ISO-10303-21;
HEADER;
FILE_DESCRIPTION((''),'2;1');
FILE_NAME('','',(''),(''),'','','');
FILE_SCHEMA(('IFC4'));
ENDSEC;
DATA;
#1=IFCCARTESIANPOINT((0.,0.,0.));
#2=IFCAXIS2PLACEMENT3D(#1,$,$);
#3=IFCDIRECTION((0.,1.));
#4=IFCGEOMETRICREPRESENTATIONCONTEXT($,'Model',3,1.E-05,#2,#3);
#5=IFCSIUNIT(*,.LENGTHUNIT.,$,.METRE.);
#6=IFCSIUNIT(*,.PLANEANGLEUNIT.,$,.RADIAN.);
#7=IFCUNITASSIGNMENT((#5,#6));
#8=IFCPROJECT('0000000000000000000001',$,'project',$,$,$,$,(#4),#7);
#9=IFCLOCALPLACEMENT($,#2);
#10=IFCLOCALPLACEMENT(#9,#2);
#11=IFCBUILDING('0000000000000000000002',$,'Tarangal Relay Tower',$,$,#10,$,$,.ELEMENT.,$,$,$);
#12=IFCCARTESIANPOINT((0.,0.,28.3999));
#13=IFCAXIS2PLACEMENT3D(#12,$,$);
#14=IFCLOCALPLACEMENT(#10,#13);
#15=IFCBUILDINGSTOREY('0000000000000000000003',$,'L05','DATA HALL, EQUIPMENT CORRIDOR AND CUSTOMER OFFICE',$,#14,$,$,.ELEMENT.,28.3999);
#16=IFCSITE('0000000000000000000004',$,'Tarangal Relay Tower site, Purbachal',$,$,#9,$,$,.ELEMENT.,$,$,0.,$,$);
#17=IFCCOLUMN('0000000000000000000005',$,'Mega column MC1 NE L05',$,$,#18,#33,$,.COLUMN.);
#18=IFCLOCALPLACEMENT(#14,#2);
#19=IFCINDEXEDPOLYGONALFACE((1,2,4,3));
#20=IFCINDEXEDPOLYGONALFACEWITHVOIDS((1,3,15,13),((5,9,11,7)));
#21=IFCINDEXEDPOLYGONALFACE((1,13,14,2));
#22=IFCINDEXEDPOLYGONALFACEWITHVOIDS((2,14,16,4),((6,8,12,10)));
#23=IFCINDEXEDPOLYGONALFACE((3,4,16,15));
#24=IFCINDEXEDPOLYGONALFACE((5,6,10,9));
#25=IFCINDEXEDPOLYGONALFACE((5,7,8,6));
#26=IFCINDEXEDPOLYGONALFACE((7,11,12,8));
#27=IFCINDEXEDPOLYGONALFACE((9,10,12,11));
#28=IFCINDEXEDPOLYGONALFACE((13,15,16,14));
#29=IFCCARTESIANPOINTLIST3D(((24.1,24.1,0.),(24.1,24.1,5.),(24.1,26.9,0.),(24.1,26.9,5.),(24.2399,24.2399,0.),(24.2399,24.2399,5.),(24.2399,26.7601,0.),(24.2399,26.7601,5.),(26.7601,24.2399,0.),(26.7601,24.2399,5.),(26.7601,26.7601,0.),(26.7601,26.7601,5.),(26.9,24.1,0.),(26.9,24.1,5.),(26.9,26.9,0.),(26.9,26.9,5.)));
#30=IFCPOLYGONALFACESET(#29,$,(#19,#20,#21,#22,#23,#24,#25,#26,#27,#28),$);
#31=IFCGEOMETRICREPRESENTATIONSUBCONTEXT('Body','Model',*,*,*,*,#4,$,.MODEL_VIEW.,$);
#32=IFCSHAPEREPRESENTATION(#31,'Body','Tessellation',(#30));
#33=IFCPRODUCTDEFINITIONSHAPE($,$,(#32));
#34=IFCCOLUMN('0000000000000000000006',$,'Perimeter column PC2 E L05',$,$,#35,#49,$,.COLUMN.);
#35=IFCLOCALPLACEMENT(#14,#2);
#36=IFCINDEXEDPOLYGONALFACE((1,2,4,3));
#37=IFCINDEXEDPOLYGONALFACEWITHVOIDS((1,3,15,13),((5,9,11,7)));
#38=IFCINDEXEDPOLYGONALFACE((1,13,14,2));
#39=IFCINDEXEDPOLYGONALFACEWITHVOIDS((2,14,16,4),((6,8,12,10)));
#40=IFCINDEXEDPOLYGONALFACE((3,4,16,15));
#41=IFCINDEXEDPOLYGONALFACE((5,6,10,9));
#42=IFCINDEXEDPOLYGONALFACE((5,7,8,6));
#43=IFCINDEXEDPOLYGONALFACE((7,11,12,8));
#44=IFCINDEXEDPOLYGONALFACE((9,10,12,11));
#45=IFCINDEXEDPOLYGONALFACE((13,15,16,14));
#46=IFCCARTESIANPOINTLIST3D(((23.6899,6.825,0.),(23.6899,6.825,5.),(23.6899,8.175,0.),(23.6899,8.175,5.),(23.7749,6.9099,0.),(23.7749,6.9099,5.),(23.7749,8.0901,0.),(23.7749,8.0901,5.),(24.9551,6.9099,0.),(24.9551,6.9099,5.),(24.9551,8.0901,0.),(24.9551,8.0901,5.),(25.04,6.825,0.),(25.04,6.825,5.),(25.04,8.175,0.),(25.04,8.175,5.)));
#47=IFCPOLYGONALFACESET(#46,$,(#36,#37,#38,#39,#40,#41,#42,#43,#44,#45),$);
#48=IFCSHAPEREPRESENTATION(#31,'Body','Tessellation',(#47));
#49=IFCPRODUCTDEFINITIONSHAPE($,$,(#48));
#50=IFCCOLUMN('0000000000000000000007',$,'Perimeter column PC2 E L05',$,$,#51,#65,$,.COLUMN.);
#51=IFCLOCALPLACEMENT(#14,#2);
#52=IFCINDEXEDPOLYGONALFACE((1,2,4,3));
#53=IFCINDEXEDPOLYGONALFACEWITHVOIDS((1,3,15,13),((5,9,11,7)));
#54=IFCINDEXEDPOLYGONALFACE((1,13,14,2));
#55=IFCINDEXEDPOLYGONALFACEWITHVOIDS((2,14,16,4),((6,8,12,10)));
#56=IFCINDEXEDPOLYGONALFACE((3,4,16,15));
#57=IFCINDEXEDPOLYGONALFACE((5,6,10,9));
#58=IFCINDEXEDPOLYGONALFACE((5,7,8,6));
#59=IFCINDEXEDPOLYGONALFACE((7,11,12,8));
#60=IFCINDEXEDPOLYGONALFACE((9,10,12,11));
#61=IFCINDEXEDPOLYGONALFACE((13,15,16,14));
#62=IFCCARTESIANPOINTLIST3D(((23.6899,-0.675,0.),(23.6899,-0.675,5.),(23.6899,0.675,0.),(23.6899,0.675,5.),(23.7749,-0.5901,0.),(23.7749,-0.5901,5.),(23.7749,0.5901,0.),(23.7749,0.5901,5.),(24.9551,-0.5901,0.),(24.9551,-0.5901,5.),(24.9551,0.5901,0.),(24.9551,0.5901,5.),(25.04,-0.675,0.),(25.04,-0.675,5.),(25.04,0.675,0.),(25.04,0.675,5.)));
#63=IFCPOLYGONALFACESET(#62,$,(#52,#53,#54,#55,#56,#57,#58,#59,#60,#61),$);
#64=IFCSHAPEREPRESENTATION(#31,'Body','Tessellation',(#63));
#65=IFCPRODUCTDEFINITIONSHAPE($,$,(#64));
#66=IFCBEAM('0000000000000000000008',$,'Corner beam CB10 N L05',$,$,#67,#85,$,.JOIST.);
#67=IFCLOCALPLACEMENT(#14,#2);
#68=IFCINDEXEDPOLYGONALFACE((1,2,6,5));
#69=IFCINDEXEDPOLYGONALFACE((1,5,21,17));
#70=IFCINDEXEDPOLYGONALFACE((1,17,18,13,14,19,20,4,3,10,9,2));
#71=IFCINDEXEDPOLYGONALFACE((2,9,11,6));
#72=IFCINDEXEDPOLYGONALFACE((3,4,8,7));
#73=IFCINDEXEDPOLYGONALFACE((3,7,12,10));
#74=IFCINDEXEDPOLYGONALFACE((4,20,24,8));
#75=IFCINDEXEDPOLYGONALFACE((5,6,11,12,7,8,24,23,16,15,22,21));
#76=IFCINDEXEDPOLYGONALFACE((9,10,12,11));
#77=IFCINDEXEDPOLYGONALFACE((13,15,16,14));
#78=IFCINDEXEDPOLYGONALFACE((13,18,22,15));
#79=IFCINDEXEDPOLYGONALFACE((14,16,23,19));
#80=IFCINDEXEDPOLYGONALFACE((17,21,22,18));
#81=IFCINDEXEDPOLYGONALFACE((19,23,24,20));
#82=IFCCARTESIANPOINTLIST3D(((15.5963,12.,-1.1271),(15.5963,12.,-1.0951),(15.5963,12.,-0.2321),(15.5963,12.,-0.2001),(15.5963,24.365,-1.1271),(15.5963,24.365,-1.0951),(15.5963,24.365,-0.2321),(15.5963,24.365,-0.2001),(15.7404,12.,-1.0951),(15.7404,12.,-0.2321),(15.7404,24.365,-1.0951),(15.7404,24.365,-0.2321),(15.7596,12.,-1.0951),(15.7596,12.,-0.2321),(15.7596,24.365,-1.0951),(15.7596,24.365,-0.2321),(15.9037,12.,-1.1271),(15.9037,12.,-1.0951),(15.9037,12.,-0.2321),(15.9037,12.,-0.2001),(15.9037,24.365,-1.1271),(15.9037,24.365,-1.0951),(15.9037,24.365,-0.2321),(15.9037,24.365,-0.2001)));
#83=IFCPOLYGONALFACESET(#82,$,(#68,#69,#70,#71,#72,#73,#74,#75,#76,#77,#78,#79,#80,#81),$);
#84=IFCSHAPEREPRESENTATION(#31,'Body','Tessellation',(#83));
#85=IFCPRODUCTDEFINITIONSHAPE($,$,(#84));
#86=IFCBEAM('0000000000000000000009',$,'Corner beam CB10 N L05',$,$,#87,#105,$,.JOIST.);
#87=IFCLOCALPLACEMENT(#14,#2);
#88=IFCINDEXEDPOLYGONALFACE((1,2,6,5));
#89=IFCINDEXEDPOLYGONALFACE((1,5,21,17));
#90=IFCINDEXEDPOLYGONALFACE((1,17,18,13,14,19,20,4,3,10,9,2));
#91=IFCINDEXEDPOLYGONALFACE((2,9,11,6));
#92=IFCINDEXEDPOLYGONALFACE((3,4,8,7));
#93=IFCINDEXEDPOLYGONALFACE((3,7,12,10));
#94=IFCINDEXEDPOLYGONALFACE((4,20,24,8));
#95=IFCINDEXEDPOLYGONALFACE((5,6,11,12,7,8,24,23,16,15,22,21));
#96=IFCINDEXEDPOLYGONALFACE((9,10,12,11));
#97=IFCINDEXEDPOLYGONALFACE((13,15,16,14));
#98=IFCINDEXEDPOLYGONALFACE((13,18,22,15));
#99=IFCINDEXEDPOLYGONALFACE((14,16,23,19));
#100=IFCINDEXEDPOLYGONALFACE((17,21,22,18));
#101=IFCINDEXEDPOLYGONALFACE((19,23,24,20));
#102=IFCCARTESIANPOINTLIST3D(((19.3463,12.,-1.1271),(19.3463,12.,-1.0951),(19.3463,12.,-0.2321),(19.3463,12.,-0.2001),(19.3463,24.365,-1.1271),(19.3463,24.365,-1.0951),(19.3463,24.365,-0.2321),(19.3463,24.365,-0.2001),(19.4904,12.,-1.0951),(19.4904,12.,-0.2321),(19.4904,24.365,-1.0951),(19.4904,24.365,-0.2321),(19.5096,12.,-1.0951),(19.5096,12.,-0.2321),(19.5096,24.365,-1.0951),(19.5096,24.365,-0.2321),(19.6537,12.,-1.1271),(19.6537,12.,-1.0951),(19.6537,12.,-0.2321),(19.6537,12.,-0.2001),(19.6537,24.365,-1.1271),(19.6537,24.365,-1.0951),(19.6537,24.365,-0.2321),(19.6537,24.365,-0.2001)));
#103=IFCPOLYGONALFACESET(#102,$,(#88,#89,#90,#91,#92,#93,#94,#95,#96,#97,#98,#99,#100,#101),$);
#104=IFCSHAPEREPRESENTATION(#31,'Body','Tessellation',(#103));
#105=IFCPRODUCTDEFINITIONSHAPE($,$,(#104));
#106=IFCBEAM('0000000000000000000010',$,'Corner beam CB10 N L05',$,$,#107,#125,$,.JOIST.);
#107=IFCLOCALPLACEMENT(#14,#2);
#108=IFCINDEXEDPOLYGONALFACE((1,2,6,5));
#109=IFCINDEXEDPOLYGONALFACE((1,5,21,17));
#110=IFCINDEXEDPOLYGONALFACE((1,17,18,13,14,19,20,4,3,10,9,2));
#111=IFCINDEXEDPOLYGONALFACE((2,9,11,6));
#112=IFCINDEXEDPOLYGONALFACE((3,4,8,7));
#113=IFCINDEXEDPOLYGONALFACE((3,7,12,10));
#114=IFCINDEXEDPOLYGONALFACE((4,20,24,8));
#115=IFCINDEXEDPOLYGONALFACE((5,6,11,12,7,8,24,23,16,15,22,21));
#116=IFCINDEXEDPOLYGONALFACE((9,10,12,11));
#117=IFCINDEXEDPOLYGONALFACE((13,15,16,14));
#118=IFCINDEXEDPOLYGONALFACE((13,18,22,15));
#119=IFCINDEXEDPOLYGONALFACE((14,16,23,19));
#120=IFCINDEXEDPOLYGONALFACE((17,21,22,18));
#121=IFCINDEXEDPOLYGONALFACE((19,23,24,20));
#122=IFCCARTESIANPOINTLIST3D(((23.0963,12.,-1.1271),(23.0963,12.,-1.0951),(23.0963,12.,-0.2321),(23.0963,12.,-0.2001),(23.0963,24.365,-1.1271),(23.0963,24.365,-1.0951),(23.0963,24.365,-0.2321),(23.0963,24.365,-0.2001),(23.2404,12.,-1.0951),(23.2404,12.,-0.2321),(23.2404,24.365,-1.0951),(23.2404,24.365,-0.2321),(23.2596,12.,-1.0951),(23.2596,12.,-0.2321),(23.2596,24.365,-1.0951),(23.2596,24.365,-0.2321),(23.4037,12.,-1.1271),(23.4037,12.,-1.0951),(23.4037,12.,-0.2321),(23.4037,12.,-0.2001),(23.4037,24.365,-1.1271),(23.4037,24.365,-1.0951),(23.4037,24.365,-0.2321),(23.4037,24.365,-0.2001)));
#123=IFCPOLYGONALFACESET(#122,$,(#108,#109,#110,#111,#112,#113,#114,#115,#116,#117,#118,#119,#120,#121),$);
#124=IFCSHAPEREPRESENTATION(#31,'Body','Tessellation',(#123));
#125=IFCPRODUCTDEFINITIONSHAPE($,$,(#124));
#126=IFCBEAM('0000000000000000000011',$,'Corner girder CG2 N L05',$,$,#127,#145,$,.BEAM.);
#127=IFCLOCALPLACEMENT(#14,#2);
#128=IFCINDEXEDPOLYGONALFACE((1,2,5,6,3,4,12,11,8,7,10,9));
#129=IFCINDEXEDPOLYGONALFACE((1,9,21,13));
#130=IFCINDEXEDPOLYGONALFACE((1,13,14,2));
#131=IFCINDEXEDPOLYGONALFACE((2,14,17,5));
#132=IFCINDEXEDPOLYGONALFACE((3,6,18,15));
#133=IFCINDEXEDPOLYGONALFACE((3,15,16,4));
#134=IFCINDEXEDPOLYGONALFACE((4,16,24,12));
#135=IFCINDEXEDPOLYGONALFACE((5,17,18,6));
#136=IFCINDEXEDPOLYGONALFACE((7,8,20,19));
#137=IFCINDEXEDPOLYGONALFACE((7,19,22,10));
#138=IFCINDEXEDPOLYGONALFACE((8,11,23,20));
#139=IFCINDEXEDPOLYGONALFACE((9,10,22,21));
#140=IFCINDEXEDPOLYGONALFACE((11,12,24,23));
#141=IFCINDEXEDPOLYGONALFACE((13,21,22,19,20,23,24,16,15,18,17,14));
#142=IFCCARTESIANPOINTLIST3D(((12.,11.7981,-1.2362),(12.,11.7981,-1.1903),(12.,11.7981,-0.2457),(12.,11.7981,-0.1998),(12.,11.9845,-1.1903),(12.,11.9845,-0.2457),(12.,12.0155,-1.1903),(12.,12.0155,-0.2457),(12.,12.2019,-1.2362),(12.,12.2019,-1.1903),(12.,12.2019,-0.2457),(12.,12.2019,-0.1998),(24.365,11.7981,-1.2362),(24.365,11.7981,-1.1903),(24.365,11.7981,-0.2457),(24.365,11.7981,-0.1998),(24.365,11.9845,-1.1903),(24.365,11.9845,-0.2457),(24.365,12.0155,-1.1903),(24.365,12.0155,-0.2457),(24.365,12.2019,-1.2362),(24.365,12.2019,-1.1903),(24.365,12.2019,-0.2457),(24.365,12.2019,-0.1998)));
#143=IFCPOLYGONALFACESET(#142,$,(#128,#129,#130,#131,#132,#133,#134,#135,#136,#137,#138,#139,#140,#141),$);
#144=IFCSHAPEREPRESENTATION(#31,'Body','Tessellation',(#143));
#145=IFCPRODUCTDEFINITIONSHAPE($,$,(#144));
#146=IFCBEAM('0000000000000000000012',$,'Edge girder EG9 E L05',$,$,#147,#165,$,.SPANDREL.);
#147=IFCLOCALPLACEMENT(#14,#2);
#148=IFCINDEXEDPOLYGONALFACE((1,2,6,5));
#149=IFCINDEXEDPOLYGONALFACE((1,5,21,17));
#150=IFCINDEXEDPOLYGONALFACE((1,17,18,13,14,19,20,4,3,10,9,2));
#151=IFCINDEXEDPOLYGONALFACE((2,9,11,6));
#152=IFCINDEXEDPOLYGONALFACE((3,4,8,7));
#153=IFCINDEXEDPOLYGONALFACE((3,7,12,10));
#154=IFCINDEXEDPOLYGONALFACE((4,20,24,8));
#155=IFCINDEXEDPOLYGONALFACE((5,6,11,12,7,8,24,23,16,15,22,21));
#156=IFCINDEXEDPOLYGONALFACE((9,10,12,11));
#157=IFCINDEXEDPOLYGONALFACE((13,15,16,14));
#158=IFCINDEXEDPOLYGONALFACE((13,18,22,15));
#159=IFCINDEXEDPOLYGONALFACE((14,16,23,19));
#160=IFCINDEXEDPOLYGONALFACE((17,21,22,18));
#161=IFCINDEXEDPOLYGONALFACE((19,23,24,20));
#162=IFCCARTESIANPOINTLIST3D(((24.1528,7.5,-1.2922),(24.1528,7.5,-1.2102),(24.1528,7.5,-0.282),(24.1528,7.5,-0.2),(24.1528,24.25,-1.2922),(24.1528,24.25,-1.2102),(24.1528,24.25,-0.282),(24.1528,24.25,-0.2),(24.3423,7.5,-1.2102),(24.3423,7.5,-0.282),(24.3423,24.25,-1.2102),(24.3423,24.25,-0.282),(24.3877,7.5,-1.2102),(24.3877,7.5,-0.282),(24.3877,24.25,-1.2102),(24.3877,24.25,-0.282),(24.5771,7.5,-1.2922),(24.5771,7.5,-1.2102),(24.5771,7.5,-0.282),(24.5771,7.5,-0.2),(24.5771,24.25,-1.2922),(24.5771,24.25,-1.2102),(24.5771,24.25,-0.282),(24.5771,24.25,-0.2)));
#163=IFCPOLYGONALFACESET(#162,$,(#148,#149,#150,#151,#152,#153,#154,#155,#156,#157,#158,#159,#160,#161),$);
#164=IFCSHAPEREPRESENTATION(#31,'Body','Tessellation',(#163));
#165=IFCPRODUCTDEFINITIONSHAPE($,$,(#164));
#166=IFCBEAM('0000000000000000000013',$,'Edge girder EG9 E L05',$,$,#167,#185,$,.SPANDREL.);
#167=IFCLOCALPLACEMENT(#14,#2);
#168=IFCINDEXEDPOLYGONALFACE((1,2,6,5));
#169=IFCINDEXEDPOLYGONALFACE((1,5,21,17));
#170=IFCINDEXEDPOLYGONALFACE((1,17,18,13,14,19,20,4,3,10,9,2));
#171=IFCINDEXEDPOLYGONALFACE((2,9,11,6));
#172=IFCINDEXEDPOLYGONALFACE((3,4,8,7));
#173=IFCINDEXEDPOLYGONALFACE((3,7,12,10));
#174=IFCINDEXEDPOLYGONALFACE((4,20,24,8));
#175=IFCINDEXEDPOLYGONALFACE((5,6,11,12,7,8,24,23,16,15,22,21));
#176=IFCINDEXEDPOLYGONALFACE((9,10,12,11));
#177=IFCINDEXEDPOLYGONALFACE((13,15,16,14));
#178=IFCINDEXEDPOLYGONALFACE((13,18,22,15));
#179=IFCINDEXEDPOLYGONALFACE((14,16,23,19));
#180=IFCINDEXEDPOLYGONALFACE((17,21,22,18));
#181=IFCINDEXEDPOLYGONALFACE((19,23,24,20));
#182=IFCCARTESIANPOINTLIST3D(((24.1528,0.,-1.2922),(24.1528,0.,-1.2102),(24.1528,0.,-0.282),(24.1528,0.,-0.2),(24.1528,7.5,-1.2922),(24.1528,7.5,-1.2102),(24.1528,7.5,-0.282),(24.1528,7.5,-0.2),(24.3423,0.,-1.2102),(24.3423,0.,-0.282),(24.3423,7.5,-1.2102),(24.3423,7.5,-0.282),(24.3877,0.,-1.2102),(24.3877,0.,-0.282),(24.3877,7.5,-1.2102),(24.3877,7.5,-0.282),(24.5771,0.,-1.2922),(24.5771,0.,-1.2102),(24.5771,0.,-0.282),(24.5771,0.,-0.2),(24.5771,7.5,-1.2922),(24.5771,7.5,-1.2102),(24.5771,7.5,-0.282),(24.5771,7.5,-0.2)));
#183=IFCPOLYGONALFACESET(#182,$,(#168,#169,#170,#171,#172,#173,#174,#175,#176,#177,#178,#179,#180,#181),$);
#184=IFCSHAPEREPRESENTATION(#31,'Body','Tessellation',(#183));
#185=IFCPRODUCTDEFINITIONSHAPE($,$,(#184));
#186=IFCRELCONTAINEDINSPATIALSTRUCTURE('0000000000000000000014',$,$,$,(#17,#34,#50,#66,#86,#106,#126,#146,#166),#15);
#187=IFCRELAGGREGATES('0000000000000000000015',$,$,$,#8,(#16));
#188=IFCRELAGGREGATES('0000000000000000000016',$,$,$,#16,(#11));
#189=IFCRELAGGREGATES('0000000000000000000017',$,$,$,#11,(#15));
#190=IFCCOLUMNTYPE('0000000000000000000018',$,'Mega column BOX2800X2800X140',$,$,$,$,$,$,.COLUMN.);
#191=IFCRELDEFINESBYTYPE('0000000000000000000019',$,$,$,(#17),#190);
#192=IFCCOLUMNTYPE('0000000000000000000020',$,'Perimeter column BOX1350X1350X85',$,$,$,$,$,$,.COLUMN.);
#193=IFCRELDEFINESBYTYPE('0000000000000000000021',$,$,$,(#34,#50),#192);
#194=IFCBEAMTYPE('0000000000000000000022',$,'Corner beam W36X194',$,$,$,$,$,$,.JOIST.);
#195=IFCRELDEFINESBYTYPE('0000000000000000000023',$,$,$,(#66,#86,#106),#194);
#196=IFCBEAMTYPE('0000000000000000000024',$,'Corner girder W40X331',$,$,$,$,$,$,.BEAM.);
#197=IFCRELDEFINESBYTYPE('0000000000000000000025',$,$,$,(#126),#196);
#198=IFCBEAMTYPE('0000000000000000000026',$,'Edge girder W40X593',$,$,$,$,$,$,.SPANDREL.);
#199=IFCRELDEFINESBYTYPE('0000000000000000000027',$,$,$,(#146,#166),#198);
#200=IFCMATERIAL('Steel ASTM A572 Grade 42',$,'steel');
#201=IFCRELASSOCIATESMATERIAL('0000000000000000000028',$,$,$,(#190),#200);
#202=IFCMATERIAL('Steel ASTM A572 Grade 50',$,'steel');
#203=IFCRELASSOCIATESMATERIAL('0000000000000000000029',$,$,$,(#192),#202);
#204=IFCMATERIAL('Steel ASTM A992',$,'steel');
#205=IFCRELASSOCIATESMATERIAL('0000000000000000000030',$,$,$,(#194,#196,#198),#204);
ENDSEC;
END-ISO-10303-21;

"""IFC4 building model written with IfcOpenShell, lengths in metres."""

from ifc_helpers import new_model, si_unit, direction, frame, origin, origin_2d, place, context, subcontext, project, spatial, hollow_rectangle, i_section, extrude, material, material_profile, profile_set, type_object, element, save


model = new_model("IFC4")

# Units and contexts
model_context = context("Model", 3, precision=1e-05, world=origin(), true_north=direction((0.0, 1.0)))
body_context = subcontext(model_context, "Body", "Model", "MODEL_VIEW")
ifc_project = project(units=[si_unit("LENGTHUNIT", "METRE"), si_unit("PLANEANGLEUNIT", "RADIAN")], contexts=[model_context])

# Site, building, storey
site_placement = place(None, origin())
site = spatial("IfcSite", under=ifc_project, at=site_placement, Name="Tarangal Relay Tower site, Purbachal", CompositionType="ELEMENT", RefElevation=0.0)
building_placement = place(site_placement, origin())
building = spatial("IfcBuilding", under=site, at=building_placement, Name="Tarangal Relay Tower", CompositionType="ELEMENT")
storey_placement = place(building_placement, frame((0.0, 0.0, 28.3999)))
storey = spatial("IfcBuildingStorey", under=building, at=storey_placement, Name="L05", Description="DATA HALL, EQUIPMENT CORRIDOR AND CUSTOMER OFFICE", CompositionType="ELEMENT", Elevation=28.3999)

# Columns
ifc_material_1 = material(Name="Steel ASTM A572 Grade 42", Category="steel")
ifc_material_profile_1 = material_profile(ifc_material_1, hollow_rectangle(XDim=2.8, YDim=2.8, WallThickness=0.1399, at=origin_2d()), Name="BOX2800X2800X140")
ifc_profile_set_1 = profile_set([ifc_material_profile_1], Name="Steel ASTM A572 Grade 42")
column_type_1 = type_object("IfcColumnType", Name="Mega column BOX2800X2800X140", PredefinedType="COLUMN", material=ifc_profile_set_1)
column_placement = place(storey_placement, frame((25.5, 25.5, 0.0), z_axis=(0.0, 0.0, 1.0), x_axis=(1.0, 0.0, 0.0)))
element("IfcColumn", 1, at=column_placement, inside=storey, type_object=column_type_1, Name="Mega column MC1 NE L05", PredefinedType="COLUMN", context=body_context, shape_type="SweptSolid", body=[
    extrude(hollow_rectangle(XDim=2.8, YDim=2.8, WallThickness=0.1399, at=origin_2d()), origin(), (0.0, 0.0, 1.0), 5.0),
])
ifc_material_2 = material(Name="Steel ASTM A572 Grade 50", Category="steel")
ifc_material_profile_2 = material_profile(ifc_material_2, hollow_rectangle(XDim=1.3501, YDim=1.3501, WallThickness=0.085, at=origin_2d()), Name="BOX1350X1350X85")
ifc_profile_set_2 = profile_set([ifc_material_profile_2], Name="Steel ASTM A572 Grade 50")
column_type_2 = type_object("IfcColumnType", Name="Perimeter column BOX1350X1350X85", PredefinedType="COLUMN", material=ifc_profile_set_2)
for number, where, z_axis, x_axis, name in (
    (2, (24.365, 7.5, 0.0), (0.0, 0.0, 1.0), (1.0, 0.0, 0.0), "Perimeter column PC2 E L05"),
    (3, (24.365, 0.0, 0.0), (0.0, 0.0, 1.0), (1.0, 0.0, 0.0), "Perimeter column PC2 E L05"),
):
    element("IfcColumn", number, at=place(storey_placement, frame(where, z_axis=z_axis, x_axis=x_axis)), inside=storey, type_object=column_type_2, Name=name, PredefinedType="COLUMN", context=body_context, shape_type="SweptSolid", body=[
        extrude(hollow_rectangle(XDim=1.3501, YDim=1.3501, WallThickness=0.085, at=origin_2d()), origin(), (0.0, 0.0, 1.0), 5.0),
    ])

# Beams
ifc_material_3 = material(Name="Steel ASTM A992", Category="steel")
ifc_material_profile_3 = material_profile(ifc_material_3, i_section(OverallWidth=0.3074, OverallDepth=0.927, WebThickness=0.0193, FlangeThickness=0.032, at=origin_2d()), Name="W36X194")
ifc_profile_set_3 = profile_set([ifc_material_profile_3], Name="Steel ASTM A992")
beam_type_1 = type_object("IfcBeamType", Name="Corner beam W36X194", PredefinedType="JOIST", material=ifc_profile_set_3)
for number, where, z_axis, x_axis, name in (
    (4, (15.75, 12.0, -0.6636), (0.0, 1.0, 0.0), (-1.0, 0.0, 0.0), "Corner beam CB10 N L05"),
    (5, (19.5, 12.0, -0.6636), (0.0, 1.0, 0.0), (-1.0, 0.0, 0.0), "Corner beam CB10 N L05"),
    (6, (23.25, 12.0, -0.6636), (0.0, 1.0, 0.0), (-1.0, 0.0, 0.0), "Corner beam CB10 N L05"),
):
    element("IfcBeam", number, at=place(storey_placement, frame(where, z_axis=z_axis, x_axis=x_axis)), inside=storey, type_object=beam_type_1, Name=name, PredefinedType="JOIST", context=body_context, shape_type="SweptSolid", body=[
        extrude(i_section(OverallWidth=0.3074, OverallDepth=0.927, WebThickness=0.0193, FlangeThickness=0.032, at=origin_2d()), origin(), (0.0, 0.0, 1.0), 12.365),
    ])
ifc_material_profile_4 = material_profile(ifc_material_3, i_section(OverallWidth=0.4038, OverallDepth=1.0364, WebThickness=0.031, FlangeThickness=0.0459, at=origin_2d()), Name="W40X331")
ifc_profile_set_4 = profile_set([ifc_material_profile_4], Name="Steel ASTM A992")
beam_type_2 = type_object("IfcBeamType", Name="Corner girder W40X331", PredefinedType="BEAM", material=ifc_profile_set_4)
beam_1_placement = place(storey_placement, frame((12.0, 12.0, -0.718), z_axis=(1.0, 0.0, 0.0), x_axis=(0.0, 1.0, 0.0)))
element("IfcBeam", 7, at=beam_1_placement, inside=storey, type_object=beam_type_2, Name="Corner girder CG2 N L05", PredefinedType="BEAM", context=body_context, shape_type="SweptSolid", body=[
    extrude(i_section(OverallWidth=0.4038, OverallDepth=1.0364, WebThickness=0.031, FlangeThickness=0.0459, at=origin_2d()), origin(), (0.0, 0.0, 1.0), 12.365),
])
ifc_material_profile_5 = material_profile(ifc_material_3, i_section(OverallWidth=0.4243, OverallDepth=1.0923, WebThickness=0.0454, FlangeThickness=0.082, at=origin_2d()), Name="W40X593")
ifc_profile_set_5 = profile_set([ifc_material_profile_5], Name="Steel ASTM A992")
beam_type_3 = type_object("IfcBeamType", Name="Edge girder W40X593", PredefinedType="SPANDREL", material=ifc_profile_set_5)
beam_2_placement = place(storey_placement, frame((24.365, 24.25, -0.7461), z_axis=(0.0, -1.0, 0.0), x_axis=(1.0, 0.0, 0.0)))
element("IfcBeam", 8, at=beam_2_placement, inside=storey, type_object=beam_type_3, Name="Edge girder EG9 E L05", PredefinedType="SPANDREL", context=body_context, shape_type="SweptSolid", body=[
    extrude(i_section(OverallWidth=0.4243, OverallDepth=1.0923, WebThickness=0.0454, FlangeThickness=0.082, at=origin_2d()), origin(), (0.0, 0.0, 1.0), 16.75),
])
for number, where, z_axis, x_axis, name in (
    (9, (24.365, 7.5, -0.7461), (0.0, -1.0, 0.0), (1.0, 0.0, 0.0), "Edge girder EG9 E L05"),
):
    element("IfcBeam", number, at=place(storey_placement, frame(where, z_axis=z_axis, x_axis=x_axis)), inside=storey, type_object=beam_type_3, Name=name, PredefinedType="SPANDREL", context=body_context, shape_type="SweptSolid", body=[
        extrude(i_section(OverallWidth=0.4243, OverallDepth=1.0923, WebThickness=0.0454, FlangeThickness=0.082, at=origin_2d()), origin(), (0.0, 0.0, 1.0), 7.5),
    ])

save(model, "model.ifc")
